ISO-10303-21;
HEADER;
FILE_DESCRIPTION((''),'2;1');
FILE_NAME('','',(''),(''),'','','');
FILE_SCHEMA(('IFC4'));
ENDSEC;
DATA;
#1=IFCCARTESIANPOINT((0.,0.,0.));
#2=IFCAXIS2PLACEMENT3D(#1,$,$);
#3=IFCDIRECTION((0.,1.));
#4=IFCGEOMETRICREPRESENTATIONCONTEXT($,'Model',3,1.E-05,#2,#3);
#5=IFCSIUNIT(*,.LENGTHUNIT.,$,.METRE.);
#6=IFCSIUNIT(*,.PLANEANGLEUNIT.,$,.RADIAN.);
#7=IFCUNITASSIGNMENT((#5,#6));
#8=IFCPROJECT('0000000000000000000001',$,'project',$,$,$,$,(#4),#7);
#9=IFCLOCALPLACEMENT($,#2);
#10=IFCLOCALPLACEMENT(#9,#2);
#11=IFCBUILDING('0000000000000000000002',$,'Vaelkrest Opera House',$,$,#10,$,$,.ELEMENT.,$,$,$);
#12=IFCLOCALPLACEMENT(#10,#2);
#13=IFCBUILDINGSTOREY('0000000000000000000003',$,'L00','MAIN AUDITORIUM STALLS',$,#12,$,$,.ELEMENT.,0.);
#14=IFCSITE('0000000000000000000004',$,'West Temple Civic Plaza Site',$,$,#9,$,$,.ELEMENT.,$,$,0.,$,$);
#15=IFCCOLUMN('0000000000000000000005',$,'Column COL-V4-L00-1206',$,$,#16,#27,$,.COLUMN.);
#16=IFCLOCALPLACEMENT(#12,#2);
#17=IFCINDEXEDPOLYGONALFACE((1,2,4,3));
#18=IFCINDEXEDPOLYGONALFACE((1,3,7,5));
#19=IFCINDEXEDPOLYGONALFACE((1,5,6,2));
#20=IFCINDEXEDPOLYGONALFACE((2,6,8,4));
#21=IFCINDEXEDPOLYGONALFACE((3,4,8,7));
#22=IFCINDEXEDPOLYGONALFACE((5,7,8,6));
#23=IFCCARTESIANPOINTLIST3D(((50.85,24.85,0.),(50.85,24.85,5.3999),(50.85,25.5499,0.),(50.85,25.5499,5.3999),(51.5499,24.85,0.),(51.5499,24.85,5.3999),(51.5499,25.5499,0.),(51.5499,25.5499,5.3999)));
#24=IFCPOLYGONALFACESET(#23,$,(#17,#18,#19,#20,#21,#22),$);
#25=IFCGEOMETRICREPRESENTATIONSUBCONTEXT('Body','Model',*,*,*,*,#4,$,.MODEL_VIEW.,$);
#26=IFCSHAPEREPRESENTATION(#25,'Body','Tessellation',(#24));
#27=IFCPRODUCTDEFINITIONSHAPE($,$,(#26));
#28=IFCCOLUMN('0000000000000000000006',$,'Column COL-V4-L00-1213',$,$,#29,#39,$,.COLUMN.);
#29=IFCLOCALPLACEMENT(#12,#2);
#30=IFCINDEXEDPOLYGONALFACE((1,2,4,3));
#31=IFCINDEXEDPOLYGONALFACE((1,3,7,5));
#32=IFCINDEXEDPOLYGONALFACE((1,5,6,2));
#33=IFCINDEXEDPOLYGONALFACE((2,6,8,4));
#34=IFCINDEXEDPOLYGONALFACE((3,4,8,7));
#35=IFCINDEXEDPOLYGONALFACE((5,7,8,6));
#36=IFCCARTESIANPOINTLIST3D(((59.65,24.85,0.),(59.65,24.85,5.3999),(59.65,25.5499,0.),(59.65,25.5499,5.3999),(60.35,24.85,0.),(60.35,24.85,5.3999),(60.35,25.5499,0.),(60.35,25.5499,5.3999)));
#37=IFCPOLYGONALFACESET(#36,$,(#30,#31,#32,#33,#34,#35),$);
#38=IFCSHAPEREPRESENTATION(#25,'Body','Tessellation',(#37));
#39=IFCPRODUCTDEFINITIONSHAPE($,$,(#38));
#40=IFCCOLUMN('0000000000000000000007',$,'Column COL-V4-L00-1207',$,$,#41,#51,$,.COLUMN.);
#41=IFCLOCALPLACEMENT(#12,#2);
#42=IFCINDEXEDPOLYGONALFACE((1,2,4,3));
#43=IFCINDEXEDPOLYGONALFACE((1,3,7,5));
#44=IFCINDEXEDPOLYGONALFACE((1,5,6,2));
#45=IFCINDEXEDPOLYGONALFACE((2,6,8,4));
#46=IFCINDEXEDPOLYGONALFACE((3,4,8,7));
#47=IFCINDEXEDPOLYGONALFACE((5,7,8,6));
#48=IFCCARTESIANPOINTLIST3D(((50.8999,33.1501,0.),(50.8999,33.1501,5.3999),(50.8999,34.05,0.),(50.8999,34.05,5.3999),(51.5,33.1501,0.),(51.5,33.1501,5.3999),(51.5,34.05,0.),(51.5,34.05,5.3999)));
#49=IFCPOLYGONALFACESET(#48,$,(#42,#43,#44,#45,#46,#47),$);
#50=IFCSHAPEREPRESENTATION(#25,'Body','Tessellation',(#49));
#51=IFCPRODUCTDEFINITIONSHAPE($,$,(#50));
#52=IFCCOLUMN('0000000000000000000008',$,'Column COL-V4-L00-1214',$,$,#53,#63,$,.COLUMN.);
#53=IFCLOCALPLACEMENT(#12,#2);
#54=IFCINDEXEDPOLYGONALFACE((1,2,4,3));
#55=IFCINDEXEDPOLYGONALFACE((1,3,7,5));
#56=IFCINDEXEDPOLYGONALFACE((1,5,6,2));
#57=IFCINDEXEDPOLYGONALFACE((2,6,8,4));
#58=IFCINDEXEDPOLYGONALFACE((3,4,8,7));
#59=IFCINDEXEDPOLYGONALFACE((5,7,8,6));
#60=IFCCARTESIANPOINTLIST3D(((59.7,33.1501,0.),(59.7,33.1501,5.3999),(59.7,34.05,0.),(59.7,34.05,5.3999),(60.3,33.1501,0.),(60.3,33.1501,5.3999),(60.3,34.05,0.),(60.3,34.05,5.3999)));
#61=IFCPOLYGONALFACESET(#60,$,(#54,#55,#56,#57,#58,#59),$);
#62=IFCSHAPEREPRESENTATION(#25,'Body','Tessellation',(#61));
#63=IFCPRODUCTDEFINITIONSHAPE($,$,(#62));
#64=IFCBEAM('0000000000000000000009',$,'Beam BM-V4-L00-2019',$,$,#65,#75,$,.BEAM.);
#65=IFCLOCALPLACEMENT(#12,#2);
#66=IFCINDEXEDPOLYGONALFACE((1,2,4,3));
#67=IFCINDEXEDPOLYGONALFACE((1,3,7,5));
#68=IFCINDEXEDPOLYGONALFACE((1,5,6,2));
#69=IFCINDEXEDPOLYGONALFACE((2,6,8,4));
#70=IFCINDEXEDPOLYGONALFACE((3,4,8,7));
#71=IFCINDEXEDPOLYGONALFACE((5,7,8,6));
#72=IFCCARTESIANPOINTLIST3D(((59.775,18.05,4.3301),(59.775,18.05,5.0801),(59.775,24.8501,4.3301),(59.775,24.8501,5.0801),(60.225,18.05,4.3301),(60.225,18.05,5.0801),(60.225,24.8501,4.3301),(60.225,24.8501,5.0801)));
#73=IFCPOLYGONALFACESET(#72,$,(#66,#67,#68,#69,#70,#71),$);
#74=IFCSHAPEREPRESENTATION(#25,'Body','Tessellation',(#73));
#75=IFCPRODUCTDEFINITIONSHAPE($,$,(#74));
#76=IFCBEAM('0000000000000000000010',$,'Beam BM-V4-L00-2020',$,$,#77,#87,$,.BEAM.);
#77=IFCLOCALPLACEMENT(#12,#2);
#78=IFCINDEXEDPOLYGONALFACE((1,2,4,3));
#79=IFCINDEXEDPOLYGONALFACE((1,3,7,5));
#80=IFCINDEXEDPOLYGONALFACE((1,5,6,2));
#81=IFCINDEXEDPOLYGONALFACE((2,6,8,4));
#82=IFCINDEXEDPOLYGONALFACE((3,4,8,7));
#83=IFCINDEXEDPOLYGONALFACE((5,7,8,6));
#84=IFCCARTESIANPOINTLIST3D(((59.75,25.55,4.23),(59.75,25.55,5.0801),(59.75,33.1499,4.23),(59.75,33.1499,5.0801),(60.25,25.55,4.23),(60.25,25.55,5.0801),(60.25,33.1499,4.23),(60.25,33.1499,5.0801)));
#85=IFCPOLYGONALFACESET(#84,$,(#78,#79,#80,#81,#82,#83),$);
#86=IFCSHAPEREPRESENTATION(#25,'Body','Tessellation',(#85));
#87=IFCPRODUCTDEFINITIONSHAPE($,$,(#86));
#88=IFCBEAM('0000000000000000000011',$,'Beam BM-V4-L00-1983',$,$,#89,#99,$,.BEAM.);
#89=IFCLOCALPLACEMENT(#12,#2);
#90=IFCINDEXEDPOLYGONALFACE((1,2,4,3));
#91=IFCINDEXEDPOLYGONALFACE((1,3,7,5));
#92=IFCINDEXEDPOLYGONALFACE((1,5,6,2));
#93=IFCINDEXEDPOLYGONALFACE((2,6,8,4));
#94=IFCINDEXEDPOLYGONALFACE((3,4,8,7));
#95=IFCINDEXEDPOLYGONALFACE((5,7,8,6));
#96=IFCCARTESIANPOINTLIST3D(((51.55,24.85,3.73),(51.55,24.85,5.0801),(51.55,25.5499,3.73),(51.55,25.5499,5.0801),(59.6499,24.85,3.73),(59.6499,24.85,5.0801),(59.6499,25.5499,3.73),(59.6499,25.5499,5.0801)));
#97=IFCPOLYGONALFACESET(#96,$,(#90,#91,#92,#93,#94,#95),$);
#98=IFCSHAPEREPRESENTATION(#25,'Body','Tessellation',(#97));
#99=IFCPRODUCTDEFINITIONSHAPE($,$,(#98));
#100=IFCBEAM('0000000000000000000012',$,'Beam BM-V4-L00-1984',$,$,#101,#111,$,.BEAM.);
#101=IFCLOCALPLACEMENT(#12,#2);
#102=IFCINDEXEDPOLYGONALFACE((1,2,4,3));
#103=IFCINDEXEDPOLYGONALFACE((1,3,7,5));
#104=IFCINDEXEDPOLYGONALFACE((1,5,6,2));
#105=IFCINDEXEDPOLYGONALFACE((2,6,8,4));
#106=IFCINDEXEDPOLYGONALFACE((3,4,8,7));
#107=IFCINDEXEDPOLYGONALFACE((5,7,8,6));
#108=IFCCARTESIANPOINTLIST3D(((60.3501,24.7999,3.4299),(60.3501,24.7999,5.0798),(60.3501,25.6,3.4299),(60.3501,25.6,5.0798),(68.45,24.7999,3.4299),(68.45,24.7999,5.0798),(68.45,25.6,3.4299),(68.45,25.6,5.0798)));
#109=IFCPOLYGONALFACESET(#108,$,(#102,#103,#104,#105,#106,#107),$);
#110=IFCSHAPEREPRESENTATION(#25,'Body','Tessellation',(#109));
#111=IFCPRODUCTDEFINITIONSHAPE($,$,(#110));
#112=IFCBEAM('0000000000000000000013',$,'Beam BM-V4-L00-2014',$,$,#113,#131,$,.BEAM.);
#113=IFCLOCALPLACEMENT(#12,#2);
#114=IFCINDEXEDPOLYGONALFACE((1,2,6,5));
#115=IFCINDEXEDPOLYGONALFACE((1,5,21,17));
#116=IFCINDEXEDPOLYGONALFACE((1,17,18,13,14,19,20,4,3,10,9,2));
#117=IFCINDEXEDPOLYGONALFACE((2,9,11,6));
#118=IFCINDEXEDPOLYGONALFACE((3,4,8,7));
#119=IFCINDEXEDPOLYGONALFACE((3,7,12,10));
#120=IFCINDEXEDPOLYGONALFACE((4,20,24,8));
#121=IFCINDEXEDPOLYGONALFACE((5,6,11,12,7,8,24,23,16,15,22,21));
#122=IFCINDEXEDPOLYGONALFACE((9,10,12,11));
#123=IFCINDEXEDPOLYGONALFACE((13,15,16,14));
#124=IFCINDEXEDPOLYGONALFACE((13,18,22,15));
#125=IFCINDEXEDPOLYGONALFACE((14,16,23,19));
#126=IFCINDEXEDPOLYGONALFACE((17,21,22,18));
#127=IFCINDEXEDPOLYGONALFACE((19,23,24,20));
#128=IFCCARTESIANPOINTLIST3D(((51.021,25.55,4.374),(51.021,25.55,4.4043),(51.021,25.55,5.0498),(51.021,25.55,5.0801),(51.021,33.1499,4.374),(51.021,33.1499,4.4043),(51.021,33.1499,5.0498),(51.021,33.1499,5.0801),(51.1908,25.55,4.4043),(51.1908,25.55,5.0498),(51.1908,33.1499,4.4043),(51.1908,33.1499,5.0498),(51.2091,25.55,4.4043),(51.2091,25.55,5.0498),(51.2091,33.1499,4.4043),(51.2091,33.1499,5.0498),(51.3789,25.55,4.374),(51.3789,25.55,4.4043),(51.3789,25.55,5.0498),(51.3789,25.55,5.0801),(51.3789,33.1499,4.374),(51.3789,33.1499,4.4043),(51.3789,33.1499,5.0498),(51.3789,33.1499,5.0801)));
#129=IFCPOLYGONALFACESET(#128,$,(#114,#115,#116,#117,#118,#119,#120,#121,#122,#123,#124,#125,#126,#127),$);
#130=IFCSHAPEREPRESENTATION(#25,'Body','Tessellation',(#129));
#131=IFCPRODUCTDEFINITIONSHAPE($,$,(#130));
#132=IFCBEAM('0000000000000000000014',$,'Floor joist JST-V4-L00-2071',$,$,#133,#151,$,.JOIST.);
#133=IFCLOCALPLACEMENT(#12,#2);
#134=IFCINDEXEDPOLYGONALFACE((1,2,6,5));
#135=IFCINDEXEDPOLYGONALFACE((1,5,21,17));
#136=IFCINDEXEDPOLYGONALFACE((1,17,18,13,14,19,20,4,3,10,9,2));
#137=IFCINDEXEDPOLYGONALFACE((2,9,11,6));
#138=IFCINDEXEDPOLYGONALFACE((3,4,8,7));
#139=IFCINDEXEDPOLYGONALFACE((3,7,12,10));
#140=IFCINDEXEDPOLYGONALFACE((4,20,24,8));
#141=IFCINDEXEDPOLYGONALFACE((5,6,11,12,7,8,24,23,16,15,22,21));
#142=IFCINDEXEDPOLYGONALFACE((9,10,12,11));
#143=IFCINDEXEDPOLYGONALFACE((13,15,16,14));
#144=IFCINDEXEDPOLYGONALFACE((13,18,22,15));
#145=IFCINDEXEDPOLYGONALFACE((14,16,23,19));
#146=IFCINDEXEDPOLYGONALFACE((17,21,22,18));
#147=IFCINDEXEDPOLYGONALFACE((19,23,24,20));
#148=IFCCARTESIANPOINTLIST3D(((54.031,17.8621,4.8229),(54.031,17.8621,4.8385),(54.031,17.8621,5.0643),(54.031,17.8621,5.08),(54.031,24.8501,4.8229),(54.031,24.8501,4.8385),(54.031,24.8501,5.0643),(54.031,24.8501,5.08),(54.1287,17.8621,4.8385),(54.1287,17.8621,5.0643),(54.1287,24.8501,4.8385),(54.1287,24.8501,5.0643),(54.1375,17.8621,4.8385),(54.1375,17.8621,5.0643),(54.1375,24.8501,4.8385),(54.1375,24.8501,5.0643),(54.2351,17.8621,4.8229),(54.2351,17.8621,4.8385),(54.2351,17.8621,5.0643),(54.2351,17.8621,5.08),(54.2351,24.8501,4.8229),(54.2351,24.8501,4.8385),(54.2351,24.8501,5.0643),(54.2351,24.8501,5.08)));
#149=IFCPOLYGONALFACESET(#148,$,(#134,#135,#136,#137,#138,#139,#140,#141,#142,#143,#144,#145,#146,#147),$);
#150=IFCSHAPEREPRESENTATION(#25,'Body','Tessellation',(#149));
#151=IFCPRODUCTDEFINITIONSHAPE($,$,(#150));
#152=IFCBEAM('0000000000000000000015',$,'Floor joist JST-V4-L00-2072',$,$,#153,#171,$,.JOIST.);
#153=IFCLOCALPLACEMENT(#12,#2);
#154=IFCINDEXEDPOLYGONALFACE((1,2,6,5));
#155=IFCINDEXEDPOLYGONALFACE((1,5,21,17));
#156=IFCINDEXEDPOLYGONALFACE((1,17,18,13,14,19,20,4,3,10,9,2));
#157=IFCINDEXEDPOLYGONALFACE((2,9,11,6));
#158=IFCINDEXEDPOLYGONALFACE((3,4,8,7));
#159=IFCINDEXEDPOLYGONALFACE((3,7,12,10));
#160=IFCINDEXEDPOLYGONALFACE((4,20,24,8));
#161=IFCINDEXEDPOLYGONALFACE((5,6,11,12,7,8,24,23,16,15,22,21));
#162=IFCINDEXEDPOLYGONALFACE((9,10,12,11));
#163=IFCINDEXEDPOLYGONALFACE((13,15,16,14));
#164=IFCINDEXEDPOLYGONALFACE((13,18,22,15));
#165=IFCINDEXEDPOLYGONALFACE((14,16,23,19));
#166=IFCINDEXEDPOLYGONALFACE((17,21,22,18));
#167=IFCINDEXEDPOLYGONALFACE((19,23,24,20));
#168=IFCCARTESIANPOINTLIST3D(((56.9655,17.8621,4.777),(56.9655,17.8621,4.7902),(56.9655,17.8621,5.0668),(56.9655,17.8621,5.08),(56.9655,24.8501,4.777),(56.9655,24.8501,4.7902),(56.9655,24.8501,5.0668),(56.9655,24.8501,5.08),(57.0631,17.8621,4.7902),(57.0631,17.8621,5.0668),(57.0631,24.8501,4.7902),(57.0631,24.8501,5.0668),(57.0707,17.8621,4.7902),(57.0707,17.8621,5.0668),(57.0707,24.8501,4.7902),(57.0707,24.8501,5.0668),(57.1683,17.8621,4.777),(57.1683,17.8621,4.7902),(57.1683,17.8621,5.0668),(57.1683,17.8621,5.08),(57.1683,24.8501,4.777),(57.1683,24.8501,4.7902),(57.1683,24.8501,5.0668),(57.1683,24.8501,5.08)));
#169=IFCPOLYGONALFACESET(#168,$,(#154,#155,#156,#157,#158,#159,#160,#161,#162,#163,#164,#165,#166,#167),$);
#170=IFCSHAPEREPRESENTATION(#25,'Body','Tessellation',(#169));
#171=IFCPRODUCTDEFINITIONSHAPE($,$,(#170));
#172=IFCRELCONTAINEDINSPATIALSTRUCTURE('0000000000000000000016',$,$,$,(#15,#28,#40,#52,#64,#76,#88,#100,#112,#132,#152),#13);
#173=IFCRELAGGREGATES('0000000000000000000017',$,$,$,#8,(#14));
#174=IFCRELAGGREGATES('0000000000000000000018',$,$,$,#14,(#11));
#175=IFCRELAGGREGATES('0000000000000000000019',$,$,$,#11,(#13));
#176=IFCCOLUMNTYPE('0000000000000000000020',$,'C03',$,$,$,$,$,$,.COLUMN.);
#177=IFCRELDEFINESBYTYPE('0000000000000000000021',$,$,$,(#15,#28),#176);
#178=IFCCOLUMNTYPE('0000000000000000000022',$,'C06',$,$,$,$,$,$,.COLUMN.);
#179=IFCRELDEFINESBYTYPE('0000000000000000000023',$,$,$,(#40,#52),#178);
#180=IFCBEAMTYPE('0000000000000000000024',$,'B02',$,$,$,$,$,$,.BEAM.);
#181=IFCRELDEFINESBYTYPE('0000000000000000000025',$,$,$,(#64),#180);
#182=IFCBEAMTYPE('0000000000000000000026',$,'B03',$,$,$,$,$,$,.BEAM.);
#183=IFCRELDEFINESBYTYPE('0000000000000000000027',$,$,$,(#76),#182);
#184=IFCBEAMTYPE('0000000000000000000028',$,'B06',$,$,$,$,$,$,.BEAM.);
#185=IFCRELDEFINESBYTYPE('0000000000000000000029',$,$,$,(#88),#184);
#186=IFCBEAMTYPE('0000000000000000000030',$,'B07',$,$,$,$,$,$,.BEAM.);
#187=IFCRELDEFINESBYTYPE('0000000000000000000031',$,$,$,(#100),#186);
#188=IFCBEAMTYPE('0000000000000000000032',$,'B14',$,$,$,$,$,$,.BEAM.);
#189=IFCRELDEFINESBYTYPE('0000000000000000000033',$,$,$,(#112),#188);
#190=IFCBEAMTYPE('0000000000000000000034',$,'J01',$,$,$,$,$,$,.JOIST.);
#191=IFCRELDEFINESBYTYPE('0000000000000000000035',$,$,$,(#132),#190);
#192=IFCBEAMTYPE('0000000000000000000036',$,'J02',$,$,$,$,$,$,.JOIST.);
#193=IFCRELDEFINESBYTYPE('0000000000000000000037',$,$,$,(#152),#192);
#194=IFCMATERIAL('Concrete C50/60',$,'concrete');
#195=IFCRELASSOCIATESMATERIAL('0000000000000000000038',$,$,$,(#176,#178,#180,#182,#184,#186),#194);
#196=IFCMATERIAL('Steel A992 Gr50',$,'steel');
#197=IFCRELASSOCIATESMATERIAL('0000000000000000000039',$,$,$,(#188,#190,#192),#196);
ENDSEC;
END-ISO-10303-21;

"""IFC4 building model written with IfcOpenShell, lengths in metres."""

from ifc_helpers import new_model, si_unit, direction, frame, origin, origin_2d, place, context, subcontext, project, spatial, rectangle, i_section, extrude, material, material_profile, profile_set, type_object, element, save


model = new_model("IFC4")

# Units and contexts
model_context = context("Model", 3, precision=1e-05, world=origin(), true_north=direction((0.0, 1.0)))
body_context = subcontext(model_context, "Body", "Model", "MODEL_VIEW")
ifc_project = project(units=[si_unit("LENGTHUNIT", "METRE"), si_unit("PLANEANGLEUNIT", "RADIAN")], contexts=[model_context])

# Site, building, storey
site_placement = place(None, origin())
site = spatial("IfcSite", under=ifc_project, at=site_placement, Name="West Temple Civic Plaza Site", CompositionType="ELEMENT", RefElevation=0.0)
building_placement = place(site_placement, origin())
building = spatial("IfcBuilding", under=site, at=building_placement, Name="Vaelkrest Opera House", CompositionType="ELEMENT")
storey_placement = place(building_placement, origin())
storey = spatial("IfcBuildingStorey", under=building, at=storey_placement, Name="L00", Description="MAIN AUDITORIUM STALLS", CompositionType="ELEMENT", Elevation=0.0)

# Columns
ifc_material_1 = material(Name="Concrete C50/60", Category="concrete")
ifc_material_profile_1 = material_profile(ifc_material_1, rectangle(XDim=0.7, YDim=0.7, at=origin_2d()), Name="RC700X700")
ifc_profile_set_1 = profile_set([ifc_material_profile_1], Name="Concrete C50/60")
column_type_1 = type_object("IfcColumnType", Name="C03", PredefinedType="COLUMN", material=ifc_profile_set_1)
for number, where, z_axis, x_axis, name in (
    (1, (51.2, 25.2, 0.0), (0.0, 0.0, 1.0), (1.0, 0.0, 0.0), "Column COL-V4-L00-1206"),
    (2, (60.0, 25.2, 0.0), (0.0, 0.0, 1.0), (1.0, 0.0, 0.0), "Column COL-V4-L00-1213"),
):
    element("IfcColumn", number, at=place(storey_placement, frame(where, z_axis=z_axis, x_axis=x_axis)), inside=storey, type_object=column_type_1, Name=name, PredefinedType="COLUMN", context=body_context, shape_type="SweptSolid", body=[
        extrude(rectangle(XDim=0.7, YDim=0.7, at=origin_2d()), origin(), (0.0, 0.0, 1.0), 5.3999),
    ])
ifc_material_profile_2 = material_profile(ifc_material_1, rectangle(XDim=0.6001, YDim=0.8999, at=origin_2d()), Name="RC600X900")
ifc_profile_set_2 = profile_set([ifc_material_profile_2], Name="Concrete C50/60")
column_type_2 = type_object("IfcColumnType", Name="C06", PredefinedType="COLUMN", material=ifc_profile_set_2)
for number, where, z_axis, x_axis, name in (
    (3, (51.2, 33.6001, 0.0), (0.0, 0.0, 1.0), (1.0, 0.0, 0.0), "Column COL-V4-L00-1207"),
    (4, (60.0, 33.6001, 0.0), (0.0, 0.0, 1.0), (1.0, 0.0, 0.0), "Column COL-V4-L00-1214"),
):
    element("IfcColumn", number, at=place(storey_placement, frame(where, z_axis=z_axis, x_axis=x_axis)), inside=storey, type_object=column_type_2, Name=name, PredefinedType="COLUMN", context=body_context, shape_type="SweptSolid", body=[
        extrude(rectangle(XDim=0.6001, YDim=0.8999, at=origin_2d()), origin(), (0.0, 0.0, 1.0), 5.3999),
    ])

# Beams
ifc_material_profile_3 = material_profile(ifc_material_1, rectangle(XDim=0.45, YDim=0.75, at=origin_2d()), Name="RCB450X750")
ifc_profile_set_3 = profile_set([ifc_material_profile_3], Name="Concrete C50/60")
beam_type_1 = type_object("IfcBeamType", Name="B02", PredefinedType="BEAM", material=ifc_profile_set_3)
beam_1_placement = place(storey_placement, frame((60.0, 18.05, 4.7051), z_axis=(0.0, 1.0, 0.0), x_axis=(-1.0, 0.0, 0.0)))
element("IfcBeam", 5, at=beam_1_placement, inside=storey, type_object=beam_type_1, Name="Beam BM-V4-L00-2019", PredefinedType="BEAM", context=body_context, shape_type="SweptSolid", body=[
    extrude(rectangle(XDim=0.45, YDim=0.75, at=origin_2d()), origin(), (0.0, 0.0, 1.0), 6.8),
])
ifc_material_profile_4 = material_profile(ifc_material_1, rectangle(XDim=0.5, YDim=0.8501, at=origin_2d()), Name="RCB500X850")
ifc_profile_set_4 = profile_set([ifc_material_profile_4], Name="Concrete C50/60")
beam_type_2 = type_object("IfcBeamType", Name="B03", PredefinedType="BEAM", material=ifc_profile_set_4)
beam_2_placement = place(storey_placement, frame((60.0, 25.55, 4.655), z_axis=(0.0, 1.0, 0.0), x_axis=(-1.0, 0.0, 0.0)))
element("IfcBeam", 6, at=beam_2_placement, inside=storey, type_object=beam_type_2, Name="Beam BM-V4-L00-2020", PredefinedType="BEAM", context=body_context, shape_type="SweptSolid", body=[
    extrude(rectangle(XDim=0.5, YDim=0.8501, at=origin_2d()), origin(), (0.0, 0.0, 1.0), 7.5999),
])
ifc_material_profile_5 = material_profile(ifc_material_1, rectangle(XDim=0.7, YDim=1.3501, at=origin_2d()), Name="RCB700X1350")
ifc_profile_set_5 = profile_set([ifc_material_profile_5], Name="Concrete C50/60")
beam_type_3 = type_object("IfcBeamType", Name="B06", PredefinedType="BEAM", material=ifc_profile_set_5)
beam_3_placement = place(storey_placement, frame((51.55, 25.2, 4.405), z_axis=(1.0, 0.0, 0.0), x_axis=(0.0, 1.0, 0.0)))
element("IfcBeam", 7, at=beam_3_placement, inside=storey, type_object=beam_type_3, Name="Beam BM-V4-L00-1983", PredefinedType="BEAM", context=body_context, shape_type="SweptSolid", body=[
    extrude(rectangle(XDim=0.7, YDim=1.3501, at=origin_2d()), origin(), (0.0, 0.0, 1.0), 8.0999),
])
ifc_material_profile_6 = material_profile(ifc_material_1, rectangle(XDim=0.8, YDim=1.6499, at=origin_2d()), Name="RCB800X1650")
ifc_profile_set_6 = profile_set([ifc_material_profile_6], Name="Concrete C50/60")
beam_type_4 = type_object("IfcBeamType", Name="B07", PredefinedType="BEAM", material=ifc_profile_set_6)
beam_4_placement = place(storey_placement, frame((60.3501, 25.2, 4.2549), z_axis=(1.0, 0.0, 0.0), x_axis=(0.0, 1.0, 0.0)))
element("IfcBeam", 8, at=beam_4_placement, inside=storey, type_object=beam_type_4, Name="Beam BM-V4-L00-1984", PredefinedType="BEAM", context=body_context, shape_type="SweptSolid", body=[
    extrude(rectangle(XDim=0.8, YDim=1.6499, at=origin_2d()), origin(), (0.0, 0.0, 1.0), 8.0999),
])
ifc_material_2 = material(Name="Steel A992 Gr50", Category="steel")
ifc_material_profile_7 = material_profile(ifc_material_2, i_section(OverallWidth=0.3579, OverallDepth=0.7061, WebThickness=0.0183, FlangeThickness=0.0303, at=origin_2d()), Name="W27X178")
ifc_profile_set_7 = profile_set([ifc_material_profile_7], Name="Steel A992 Gr50")
beam_type_5 = type_object("IfcBeamType", Name="B14", PredefinedType="BEAM", material=ifc_profile_set_7)
beam_5_placement = place(storey_placement, frame((51.2, 25.55, 4.7271), z_axis=(0.0, 1.0, 0.0), x_axis=(-1.0, 0.0, 0.0)))
element("IfcBeam", 9, at=beam_5_placement, inside=storey, type_object=beam_type_5, Name="Beam BM-V4-L00-2014", PredefinedType="BEAM", context=body_context, shape_type="SweptSolid", body=[
    extrude(i_section(OverallWidth=0.3579, OverallDepth=0.7061, WebThickness=0.0183, FlangeThickness=0.0303, at=origin_2d()), origin(), (0.0, 0.0, 1.0), 7.5999),
])
ifc_material_profile_8 = material_profile(ifc_material_2, i_section(OverallWidth=0.2041, OverallDepth=0.2571, WebThickness=0.0088, FlangeThickness=0.0156, at=origin_2d()), Name="W10X45")
ifc_profile_set_8 = profile_set([ifc_material_profile_8], Name="Steel A992 Gr50")
beam_type_6 = type_object("IfcBeamType", Name="J01", PredefinedType="JOIST", material=ifc_profile_set_8)
beam_6_placement = place(storey_placement, frame((54.1331, 17.8621, 4.9514), z_axis=(0.0, 1.0, 0.0), x_axis=(-1.0, 0.0, 0.0)))
element("IfcBeam", 10, at=beam_6_placement, inside=storey, type_object=beam_type_6, Name="Floor joist JST-V4-L00-2071", PredefinedType="JOIST", context=body_context, shape_type="SweptSolid", body=[
    extrude(i_section(OverallWidth=0.2041, OverallDepth=0.2571, WebThickness=0.0088, FlangeThickness=0.0156, at=origin_2d()), origin(), (0.0, 0.0, 1.0), 6.988),
])
ifc_material_profile_9 = material_profile(ifc_material_2, i_section(OverallWidth=0.2029, OverallDepth=0.303, WebThickness=0.0076, FlangeThickness=0.0132, at=origin_2d()), Name="W12X40")
ifc_profile_set_9 = profile_set([ifc_material_profile_9], Name="Steel A992 Gr50")
beam_type_7 = type_object("IfcBeamType", Name="J02", PredefinedType="JOIST", material=ifc_profile_set_9)
beam_7_placement = place(storey_placement, frame((57.0669, 17.8621, 4.9285), z_axis=(0.0, 1.0, 0.0), x_axis=(-1.0, 0.0, 0.0)))
element("IfcBeam", 11, at=beam_7_placement, inside=storey, type_object=beam_type_7, Name="Floor joist JST-V4-L00-2072", PredefinedType="JOIST", context=body_context, shape_type="SweptSolid", body=[
    extrude(i_section(OverallWidth=0.2029, OverallDepth=0.303, WebThickness=0.0076, FlangeThickness=0.0132, at=origin_2d()), origin(), (0.0, 0.0, 1.0), 6.988),
])

save(model, "model.ifc")
